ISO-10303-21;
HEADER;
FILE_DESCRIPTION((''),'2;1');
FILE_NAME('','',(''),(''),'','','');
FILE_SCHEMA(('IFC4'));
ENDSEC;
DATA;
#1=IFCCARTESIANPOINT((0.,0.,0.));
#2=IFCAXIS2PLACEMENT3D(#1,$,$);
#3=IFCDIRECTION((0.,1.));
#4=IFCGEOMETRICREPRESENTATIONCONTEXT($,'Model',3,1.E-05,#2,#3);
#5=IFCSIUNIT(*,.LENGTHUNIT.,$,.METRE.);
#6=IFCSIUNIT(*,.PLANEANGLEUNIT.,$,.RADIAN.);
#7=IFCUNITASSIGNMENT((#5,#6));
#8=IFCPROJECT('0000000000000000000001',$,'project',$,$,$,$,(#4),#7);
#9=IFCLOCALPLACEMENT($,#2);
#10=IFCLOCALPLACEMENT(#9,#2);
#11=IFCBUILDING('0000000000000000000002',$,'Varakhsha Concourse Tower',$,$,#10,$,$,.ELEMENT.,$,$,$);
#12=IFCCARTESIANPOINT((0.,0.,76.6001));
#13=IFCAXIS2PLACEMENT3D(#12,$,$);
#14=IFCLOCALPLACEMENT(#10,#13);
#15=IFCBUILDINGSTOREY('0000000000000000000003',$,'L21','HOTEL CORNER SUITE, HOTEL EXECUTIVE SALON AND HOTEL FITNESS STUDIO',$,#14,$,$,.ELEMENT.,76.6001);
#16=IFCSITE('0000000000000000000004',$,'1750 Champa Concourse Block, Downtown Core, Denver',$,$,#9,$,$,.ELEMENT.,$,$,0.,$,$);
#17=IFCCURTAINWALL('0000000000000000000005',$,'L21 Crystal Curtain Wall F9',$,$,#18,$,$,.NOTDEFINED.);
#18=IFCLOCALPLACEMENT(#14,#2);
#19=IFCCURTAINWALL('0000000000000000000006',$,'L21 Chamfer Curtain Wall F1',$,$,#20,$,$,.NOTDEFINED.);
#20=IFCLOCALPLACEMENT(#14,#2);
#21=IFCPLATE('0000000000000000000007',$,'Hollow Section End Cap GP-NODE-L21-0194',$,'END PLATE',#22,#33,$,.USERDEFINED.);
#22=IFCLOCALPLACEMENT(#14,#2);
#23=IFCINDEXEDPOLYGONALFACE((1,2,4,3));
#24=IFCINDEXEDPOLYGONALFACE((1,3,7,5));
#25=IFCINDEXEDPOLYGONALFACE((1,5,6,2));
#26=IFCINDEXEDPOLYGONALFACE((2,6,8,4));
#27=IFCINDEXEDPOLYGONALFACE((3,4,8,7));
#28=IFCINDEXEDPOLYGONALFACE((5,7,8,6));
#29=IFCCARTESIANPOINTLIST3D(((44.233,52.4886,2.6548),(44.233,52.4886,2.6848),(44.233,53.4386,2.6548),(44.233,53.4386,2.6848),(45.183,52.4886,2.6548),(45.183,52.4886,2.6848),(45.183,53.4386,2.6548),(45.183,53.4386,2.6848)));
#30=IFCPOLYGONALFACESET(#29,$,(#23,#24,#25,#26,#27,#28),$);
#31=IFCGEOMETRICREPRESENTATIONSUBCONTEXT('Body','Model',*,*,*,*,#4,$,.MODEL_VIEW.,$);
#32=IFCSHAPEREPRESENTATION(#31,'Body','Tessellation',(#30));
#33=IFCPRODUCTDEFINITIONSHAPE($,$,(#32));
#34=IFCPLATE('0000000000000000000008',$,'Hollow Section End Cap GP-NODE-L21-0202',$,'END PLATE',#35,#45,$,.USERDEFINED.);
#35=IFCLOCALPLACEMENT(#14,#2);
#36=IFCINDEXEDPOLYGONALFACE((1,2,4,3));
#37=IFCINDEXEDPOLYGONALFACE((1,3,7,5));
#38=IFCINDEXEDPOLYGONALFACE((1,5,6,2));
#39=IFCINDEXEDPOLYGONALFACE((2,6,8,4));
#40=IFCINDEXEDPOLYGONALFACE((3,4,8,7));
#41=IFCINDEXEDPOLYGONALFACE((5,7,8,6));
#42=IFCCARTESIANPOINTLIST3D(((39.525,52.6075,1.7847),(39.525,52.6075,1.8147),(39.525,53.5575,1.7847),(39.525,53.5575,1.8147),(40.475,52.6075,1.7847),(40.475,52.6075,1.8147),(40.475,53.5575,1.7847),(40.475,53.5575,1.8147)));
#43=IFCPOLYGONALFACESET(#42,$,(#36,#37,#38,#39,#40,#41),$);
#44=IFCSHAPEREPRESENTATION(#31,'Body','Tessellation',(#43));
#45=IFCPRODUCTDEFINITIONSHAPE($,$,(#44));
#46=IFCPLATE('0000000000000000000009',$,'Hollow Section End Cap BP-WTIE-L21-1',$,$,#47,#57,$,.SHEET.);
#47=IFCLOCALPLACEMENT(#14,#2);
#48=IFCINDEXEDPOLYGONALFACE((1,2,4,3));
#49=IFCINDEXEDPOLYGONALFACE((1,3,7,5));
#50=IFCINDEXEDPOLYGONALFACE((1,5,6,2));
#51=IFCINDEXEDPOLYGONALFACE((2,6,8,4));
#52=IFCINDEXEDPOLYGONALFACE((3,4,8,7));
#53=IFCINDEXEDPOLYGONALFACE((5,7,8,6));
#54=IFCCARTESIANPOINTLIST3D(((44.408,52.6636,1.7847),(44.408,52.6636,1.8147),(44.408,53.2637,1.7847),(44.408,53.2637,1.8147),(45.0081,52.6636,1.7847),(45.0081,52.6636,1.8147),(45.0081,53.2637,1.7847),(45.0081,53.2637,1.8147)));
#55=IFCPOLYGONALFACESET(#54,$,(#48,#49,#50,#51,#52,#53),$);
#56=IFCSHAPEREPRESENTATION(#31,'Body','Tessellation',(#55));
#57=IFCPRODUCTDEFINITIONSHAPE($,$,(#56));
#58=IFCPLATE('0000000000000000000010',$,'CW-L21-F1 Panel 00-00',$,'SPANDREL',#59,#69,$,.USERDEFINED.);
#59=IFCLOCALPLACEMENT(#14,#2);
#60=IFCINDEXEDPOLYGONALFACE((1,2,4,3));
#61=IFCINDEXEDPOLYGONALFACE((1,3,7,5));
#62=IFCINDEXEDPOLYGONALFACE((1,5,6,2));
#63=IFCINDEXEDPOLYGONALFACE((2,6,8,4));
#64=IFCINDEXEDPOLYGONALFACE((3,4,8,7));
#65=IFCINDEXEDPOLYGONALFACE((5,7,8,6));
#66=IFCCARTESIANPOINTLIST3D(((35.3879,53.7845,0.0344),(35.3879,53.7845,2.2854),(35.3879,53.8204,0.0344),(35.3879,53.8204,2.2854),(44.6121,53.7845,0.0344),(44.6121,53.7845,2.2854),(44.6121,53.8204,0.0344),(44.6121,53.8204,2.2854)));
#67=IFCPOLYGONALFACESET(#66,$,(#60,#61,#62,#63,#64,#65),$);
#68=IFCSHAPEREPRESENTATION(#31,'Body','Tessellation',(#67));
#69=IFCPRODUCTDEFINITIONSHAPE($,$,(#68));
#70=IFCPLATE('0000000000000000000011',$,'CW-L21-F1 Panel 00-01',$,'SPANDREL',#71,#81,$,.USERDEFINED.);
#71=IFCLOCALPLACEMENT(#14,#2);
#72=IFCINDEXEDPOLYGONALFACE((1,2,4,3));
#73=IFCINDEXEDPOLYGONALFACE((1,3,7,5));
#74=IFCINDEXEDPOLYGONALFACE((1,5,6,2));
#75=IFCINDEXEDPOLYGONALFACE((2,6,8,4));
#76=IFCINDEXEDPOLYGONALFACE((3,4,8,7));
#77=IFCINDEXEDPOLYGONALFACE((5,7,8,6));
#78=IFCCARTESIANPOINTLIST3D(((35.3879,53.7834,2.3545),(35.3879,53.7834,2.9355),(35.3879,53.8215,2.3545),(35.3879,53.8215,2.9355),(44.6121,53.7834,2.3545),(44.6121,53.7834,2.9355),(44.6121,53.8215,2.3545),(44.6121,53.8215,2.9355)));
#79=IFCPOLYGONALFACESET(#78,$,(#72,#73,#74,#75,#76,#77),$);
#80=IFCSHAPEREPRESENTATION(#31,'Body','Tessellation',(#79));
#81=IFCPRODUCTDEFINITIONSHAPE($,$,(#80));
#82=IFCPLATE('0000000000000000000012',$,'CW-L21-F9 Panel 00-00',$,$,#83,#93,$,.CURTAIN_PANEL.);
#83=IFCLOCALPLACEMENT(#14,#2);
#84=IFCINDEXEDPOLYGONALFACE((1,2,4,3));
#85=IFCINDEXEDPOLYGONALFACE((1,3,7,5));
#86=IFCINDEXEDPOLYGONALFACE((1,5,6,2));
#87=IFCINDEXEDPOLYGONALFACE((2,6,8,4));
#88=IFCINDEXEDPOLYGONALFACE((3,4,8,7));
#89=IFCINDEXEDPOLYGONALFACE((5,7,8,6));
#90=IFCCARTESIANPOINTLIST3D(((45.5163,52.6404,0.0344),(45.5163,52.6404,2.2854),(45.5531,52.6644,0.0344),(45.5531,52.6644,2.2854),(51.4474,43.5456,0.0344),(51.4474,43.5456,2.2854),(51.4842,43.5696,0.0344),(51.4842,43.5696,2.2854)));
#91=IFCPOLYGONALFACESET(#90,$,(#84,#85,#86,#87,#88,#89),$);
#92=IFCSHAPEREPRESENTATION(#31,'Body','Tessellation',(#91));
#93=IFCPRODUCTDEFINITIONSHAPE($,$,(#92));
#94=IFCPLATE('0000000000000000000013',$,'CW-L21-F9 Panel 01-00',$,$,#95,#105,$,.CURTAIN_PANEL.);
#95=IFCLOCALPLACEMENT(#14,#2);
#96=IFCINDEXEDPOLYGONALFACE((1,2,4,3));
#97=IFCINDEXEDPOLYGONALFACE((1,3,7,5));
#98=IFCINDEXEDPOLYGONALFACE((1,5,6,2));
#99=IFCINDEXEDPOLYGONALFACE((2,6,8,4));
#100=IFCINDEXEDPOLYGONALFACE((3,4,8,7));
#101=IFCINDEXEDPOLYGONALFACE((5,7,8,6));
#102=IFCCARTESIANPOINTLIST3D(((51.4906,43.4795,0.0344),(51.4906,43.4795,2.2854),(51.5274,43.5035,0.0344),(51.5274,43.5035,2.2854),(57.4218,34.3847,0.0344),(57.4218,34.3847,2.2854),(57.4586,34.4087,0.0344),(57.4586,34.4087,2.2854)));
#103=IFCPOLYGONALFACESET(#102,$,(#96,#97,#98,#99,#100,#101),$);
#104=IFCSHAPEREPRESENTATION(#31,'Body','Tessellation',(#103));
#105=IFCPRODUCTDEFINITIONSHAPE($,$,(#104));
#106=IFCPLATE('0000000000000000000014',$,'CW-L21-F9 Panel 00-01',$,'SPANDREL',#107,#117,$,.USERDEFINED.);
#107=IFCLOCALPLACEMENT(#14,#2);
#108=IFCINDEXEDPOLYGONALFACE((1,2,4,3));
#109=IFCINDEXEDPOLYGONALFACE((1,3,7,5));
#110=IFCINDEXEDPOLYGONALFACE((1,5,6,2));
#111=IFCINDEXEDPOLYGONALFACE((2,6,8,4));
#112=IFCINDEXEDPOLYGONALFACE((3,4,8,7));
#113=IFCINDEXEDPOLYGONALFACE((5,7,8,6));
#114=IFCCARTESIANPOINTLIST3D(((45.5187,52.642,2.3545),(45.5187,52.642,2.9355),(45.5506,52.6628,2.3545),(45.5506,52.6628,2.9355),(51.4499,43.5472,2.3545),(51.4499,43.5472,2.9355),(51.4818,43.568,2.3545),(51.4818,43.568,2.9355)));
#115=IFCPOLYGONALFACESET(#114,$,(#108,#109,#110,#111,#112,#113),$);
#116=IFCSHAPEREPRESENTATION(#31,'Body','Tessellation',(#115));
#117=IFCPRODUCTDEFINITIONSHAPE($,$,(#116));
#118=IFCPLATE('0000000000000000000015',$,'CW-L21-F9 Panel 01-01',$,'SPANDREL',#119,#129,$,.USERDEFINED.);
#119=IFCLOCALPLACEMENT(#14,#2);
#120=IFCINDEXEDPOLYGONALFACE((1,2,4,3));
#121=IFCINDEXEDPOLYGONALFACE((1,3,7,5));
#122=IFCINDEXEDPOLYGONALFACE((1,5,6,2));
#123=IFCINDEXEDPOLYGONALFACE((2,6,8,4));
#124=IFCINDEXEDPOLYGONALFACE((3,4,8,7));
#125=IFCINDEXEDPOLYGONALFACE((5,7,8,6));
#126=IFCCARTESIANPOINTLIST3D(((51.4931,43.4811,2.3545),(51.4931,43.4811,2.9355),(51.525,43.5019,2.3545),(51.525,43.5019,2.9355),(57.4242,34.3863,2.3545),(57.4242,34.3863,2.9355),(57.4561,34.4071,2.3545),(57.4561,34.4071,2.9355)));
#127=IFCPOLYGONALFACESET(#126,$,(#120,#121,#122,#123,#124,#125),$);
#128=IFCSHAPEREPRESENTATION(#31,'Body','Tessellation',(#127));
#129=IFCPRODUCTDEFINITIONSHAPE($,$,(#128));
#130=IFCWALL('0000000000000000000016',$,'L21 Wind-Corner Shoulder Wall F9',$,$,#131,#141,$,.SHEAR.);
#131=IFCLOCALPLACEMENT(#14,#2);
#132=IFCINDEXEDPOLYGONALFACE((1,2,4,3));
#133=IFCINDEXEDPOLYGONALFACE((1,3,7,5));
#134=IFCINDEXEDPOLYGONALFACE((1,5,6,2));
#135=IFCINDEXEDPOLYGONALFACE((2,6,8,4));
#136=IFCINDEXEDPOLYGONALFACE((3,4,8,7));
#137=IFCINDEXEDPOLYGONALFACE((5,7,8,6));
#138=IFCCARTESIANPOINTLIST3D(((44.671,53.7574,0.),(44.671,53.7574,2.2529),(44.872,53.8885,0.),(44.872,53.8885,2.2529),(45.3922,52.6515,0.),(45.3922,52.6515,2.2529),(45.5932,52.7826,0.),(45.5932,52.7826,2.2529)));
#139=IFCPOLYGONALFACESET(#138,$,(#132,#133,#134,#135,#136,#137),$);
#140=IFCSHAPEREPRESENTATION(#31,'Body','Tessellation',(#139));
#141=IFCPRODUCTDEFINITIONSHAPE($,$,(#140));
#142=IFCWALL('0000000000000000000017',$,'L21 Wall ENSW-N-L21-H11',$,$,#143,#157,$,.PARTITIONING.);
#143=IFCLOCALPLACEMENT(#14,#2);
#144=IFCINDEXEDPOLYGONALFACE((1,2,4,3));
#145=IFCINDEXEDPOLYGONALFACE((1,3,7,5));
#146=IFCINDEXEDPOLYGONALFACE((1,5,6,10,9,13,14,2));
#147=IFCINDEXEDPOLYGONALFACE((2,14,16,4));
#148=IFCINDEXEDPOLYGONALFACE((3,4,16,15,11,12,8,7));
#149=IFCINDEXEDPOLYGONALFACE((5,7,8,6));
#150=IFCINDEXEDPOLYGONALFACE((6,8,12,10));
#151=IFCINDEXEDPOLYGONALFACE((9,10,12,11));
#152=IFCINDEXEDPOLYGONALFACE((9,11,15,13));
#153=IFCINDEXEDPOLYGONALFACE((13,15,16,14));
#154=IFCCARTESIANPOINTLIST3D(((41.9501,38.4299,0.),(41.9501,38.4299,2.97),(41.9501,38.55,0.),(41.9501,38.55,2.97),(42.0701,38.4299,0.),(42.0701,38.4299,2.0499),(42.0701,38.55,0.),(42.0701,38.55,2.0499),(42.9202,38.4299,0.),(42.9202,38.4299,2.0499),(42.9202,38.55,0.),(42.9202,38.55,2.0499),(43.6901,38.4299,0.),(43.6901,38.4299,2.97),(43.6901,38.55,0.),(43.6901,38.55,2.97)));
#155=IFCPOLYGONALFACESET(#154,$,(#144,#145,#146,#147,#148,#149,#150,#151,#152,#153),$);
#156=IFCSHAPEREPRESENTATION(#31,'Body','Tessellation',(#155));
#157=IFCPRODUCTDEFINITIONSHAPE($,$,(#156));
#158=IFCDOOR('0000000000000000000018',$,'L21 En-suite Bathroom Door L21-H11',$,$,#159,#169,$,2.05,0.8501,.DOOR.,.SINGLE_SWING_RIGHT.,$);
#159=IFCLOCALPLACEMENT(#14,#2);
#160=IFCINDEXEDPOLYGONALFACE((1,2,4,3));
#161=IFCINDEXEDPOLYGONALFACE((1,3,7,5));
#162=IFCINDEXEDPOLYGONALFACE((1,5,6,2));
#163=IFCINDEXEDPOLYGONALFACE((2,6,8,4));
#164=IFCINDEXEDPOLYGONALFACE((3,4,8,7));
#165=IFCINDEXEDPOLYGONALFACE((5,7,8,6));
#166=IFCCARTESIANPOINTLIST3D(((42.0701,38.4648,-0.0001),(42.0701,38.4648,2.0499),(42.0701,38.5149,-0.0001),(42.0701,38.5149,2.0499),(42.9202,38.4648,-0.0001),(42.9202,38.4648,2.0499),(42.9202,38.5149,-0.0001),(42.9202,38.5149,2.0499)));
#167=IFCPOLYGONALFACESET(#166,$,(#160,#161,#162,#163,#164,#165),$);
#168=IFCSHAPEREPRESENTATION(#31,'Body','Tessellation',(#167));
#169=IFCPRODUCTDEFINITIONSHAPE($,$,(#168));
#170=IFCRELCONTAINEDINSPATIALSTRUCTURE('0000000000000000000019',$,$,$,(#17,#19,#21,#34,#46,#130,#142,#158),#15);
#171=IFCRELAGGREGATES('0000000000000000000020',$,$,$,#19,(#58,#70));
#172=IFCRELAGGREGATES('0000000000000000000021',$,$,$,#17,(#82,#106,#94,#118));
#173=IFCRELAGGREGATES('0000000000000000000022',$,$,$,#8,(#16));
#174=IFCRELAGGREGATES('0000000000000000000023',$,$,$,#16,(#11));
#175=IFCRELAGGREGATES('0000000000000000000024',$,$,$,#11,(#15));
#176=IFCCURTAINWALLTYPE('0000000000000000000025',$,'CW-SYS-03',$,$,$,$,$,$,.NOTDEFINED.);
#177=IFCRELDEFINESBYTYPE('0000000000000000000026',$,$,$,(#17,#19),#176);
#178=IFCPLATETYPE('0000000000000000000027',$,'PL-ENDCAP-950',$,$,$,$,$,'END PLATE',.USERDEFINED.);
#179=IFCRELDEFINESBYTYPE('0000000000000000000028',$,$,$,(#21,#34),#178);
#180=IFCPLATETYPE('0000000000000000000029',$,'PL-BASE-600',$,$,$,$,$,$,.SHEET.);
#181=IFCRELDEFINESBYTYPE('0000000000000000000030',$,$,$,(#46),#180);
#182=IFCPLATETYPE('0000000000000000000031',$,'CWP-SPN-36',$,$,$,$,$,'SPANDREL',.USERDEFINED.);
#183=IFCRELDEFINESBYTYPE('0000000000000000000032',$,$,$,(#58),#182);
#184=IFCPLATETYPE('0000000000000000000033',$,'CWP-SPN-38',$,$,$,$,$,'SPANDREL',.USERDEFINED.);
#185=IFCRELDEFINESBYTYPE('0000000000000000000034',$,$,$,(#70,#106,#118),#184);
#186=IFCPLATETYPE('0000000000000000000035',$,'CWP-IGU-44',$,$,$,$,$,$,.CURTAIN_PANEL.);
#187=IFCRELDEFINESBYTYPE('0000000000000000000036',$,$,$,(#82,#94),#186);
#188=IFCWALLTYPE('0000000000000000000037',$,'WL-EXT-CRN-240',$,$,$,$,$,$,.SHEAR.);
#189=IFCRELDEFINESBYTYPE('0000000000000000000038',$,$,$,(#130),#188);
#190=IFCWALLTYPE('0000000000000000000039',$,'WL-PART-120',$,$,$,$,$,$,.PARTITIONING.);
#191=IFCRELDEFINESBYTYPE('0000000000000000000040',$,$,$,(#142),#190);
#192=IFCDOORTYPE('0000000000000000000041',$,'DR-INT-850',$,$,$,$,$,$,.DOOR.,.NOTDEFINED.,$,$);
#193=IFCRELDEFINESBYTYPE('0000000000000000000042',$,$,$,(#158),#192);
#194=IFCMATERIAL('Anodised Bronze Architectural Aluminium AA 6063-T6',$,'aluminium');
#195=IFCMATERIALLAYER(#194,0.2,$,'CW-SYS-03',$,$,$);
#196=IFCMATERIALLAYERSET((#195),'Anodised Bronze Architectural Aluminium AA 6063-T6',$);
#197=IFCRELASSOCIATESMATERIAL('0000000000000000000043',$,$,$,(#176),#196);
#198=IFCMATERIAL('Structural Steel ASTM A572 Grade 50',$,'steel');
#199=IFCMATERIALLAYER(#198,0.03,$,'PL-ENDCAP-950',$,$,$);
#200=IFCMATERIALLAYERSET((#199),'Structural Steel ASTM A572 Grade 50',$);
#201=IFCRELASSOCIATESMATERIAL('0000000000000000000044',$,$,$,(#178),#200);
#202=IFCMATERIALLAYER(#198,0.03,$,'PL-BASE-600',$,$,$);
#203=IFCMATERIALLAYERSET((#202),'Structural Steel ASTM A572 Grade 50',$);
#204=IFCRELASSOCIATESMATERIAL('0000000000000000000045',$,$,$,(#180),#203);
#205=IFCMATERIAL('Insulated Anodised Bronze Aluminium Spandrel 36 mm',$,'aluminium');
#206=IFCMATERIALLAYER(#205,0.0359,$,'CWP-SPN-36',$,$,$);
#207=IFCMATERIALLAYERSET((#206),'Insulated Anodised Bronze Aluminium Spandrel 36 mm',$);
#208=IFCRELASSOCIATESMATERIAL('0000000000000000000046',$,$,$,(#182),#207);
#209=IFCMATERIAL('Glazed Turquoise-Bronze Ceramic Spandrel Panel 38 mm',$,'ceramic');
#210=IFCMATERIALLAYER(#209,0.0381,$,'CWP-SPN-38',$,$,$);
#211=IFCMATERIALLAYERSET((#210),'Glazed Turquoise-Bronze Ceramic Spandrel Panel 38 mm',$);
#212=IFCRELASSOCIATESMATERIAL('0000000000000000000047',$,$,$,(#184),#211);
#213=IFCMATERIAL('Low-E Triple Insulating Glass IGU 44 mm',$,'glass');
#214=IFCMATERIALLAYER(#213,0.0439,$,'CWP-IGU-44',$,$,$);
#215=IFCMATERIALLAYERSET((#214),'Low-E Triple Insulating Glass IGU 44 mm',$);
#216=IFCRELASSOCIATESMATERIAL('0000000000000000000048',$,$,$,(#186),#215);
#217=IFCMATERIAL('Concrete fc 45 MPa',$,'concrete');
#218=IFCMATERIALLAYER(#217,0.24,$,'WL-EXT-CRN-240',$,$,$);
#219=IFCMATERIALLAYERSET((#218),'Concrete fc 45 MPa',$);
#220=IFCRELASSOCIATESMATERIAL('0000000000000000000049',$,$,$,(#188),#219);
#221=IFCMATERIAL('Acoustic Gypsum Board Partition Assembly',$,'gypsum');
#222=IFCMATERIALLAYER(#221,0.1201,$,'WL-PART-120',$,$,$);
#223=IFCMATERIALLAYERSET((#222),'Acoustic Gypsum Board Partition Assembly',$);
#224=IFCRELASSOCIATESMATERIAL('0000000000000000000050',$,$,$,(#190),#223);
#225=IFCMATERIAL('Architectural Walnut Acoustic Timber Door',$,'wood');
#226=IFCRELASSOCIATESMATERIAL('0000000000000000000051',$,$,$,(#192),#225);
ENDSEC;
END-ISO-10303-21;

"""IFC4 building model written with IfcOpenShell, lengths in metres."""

from ifc_helpers import new_model, si_unit, direction, frame, frame_2d, origin, origin_2d, place, context, subcontext, project, spatial, rectangle, extrude, source, transform, mapped, material, layer, layer_set, type_object, type_shapes, element, fill, aggregate, save


model = new_model("IFC4")

# Units and contexts
model_context = context("Model", 3, precision=1e-05, world=origin(), true_north=direction((0.0, 1.0)))
body_context = subcontext(model_context, "Body", "Model", "MODEL_VIEW")
ifc_project = project(units=[si_unit("LENGTHUNIT", "METRE"), si_unit("PLANEANGLEUNIT", "RADIAN")], contexts=[model_context])

# Site, building, storey
site_placement = place(None, origin())
site = spatial("IfcSite", under=ifc_project, at=site_placement, Name="1750 Champa Concourse Block, Downtown Core, Denver", CompositionType="ELEMENT", RefElevation=0.0)
building_placement = place(site_placement, origin())
building = spatial("IfcBuilding", under=site, at=building_placement, Name="Varakhsha Concourse Tower", CompositionType="ELEMENT")
storey_placement = place(building_placement, frame((0.0, 0.0, 76.6001)))
storey = spatial("IfcBuildingStorey", under=building, at=storey_placement, Name="L21", Description="HOTEL CORNER SUITE, HOTEL EXECUTIVE SALON AND HOTEL FITNESS STUDIO", CompositionType="ELEMENT", Elevation=76.6001)

# Shared definitions
ifc_material_1 = material(Name="Structural Steel ASTM A572 Grade 50", Category="steel")

# Curtain walls
ifc_material_2 = material(Name="Anodised Bronze Architectural Aluminium AA 6063-T6", Category="aluminium")
ifc_layer_1 = layer(ifc_material_2, 0.2, Name="CW-SYS-03")
ifc_layer_set_1 = layer_set([ifc_layer_1], Name="Anodised Bronze Architectural Aluminium AA 6063-T6")
curtain_wall_type = type_object("IfcCurtainWallType", Name="CW-SYS-03", PredefinedType="NOTDEFINED", material=ifc_layer_set_1)
curtain_wall_1_placement = place(storey_placement, origin())
curtain_wall_1 = element("IfcCurtainWall", 1, at=curtain_wall_1_placement, inside=storey, type_object=curtain_wall_type, Name="L21 Crystal Curtain Wall F9", PredefinedType="NOTDEFINED")
curtain_wall_2_placement = place(storey_placement, origin())
curtain_wall_2 = element("IfcCurtainWall", 2, at=curtain_wall_2_placement, inside=storey, type_object=curtain_wall_type, Name="L21 Chamfer Curtain Wall F1", PredefinedType="NOTDEFINED")

# Plates
ifc_layer_2 = layer(ifc_material_1, 0.03, Name="PL-ENDCAP-950")
ifc_layer_set_2 = layer_set([ifc_layer_2], Name="Structural Steel ASTM A572 Grade 50")
plate_type_1 = type_object("IfcPlateType", Name="PL-ENDCAP-950", ElementType="END PLATE", PredefinedType="USERDEFINED", material=ifc_layer_set_2)
shared_shape_1 = source(origin(), body_context, "Body", "SweptSolid", [
    extrude(rectangle(XDim=0.95, YDim=0.95, at=origin_2d()), origin(), (0.0, 0.0, 1.0), 0.03),
])
type_shapes(plate_type_1, [shared_shape_1])
for number, where, z_axis, x_axis, name in (
    (3, (44.708, 52.9636, 2.6548), (0.0, 0.0, 1.0), (1.0, 0.0, 0.0), "Hollow Section End Cap GP-NODE-L21-0194"),
    (4, (40.0, 53.0825, 1.7847), (0.0, 0.0, 1.0), (1.0, 0.0, 0.0), "Hollow Section End Cap GP-NODE-L21-0202"),
):
    element("IfcPlate", number, at=place(storey_placement, frame(where, z_axis=z_axis, x_axis=x_axis)), inside=storey, type_object=plate_type_1, Name=name, ObjectType="END PLATE", PredefinedType="USERDEFINED", context=body_context, shape_type="MappedRepresentation", body=[
        mapped(shared_shape_1, transform((0.0, 0.0, 0.0), scale=1.0)),
    ])
ifc_layer_3 = layer(ifc_material_1, 0.03, Name="PL-BASE-600")
ifc_layer_set_3 = layer_set([ifc_layer_3], Name="Structural Steel ASTM A572 Grade 50")
plate_type_2 = type_object("IfcPlateType", Name="PL-BASE-600", PredefinedType="SHEET", material=ifc_layer_set_3)
shared_shape_2 = source(origin(), body_context, "Body", "SweptSolid", [
    extrude(rectangle(XDim=0.6001, YDim=0.6001, at=origin_2d()), origin(), (0.0, 0.0, 1.0), 0.03),
])
type_shapes(plate_type_2, [shared_shape_2])
plate_1_placement = place(storey_placement, frame((44.708, 52.9636, 1.7847), z_axis=(0.0, 0.0, 1.0), x_axis=(1.0, 0.0, 0.0)))
element("IfcPlate", 5, at=plate_1_placement, inside=storey, type_object=plate_type_2, Name="Hollow Section End Cap BP-WTIE-L21-1", PredefinedType="SHEET", context=body_context, shape_type="MappedRepresentation", body=[
    mapped(shared_shape_2, transform((0.0, 0.0, 0.0), scale=1.0)),
])

# Plates
ifc_material_3 = material(Name="Insulated Anodised Bronze Aluminium Spandrel 36 mm", Category="aluminium")
ifc_layer_4 = layer(ifc_material_3, 0.0359, Name="CWP-SPN-36")
ifc_layer_set_4 = layer_set([ifc_layer_4], Name="Insulated Anodised Bronze Aluminium Spandrel 36 mm")
plate_type_3 = type_object("IfcPlateType", Name="CWP-SPN-36", ElementType="SPANDREL", PredefinedType="USERDEFINED", material=ifc_layer_set_4)
shared_shape_3 = source(origin(), body_context, "Body", "SweptSolid", [
    extrude(rectangle(XDim=9.2241, YDim=0.0359, at=origin_2d()), origin(), (0.0, 0.0, 1.0), 2.251),
])
type_shapes(plate_type_3, [shared_shape_3])
plate_2_placement = place(storey_placement, frame((40.0, 53.8025, 0.0344), z_axis=(0.0, 0.0, 1.0), x_axis=(1.0, 0.0, 0.0)))
plate_2 = element("IfcPlate", 6, at=plate_2_placement, type_object=plate_type_3, Name="CW-L21-F1 Panel 00-00", ObjectType="SPANDREL", PredefinedType="USERDEFINED", context=body_context, shape_type="MappedRepresentation", body=[
    mapped(shared_shape_3, transform((0.0, 0.0, 0.0), scale=1.0)),
])
ifc_material_4 = material(Name="Glazed Turquoise-Bronze Ceramic Spandrel Panel 38 mm", Category="ceramic")
ifc_layer_5 = layer(ifc_material_4, 0.0381, Name="CWP-SPN-38")
ifc_layer_set_5 = layer_set([ifc_layer_5], Name="Glazed Turquoise-Bronze Ceramic Spandrel Panel 38 mm")
plate_type_4 = type_object("IfcPlateType", Name="CWP-SPN-38", ElementType="SPANDREL", PredefinedType="USERDEFINED", material=ifc_layer_set_5)
shared_shape_4 = source(origin(), body_context, "Body", "SweptSolid", [
    extrude(rectangle(XDim=9.2241, YDim=0.0381, at=origin_2d()), origin(), (0.0, 0.0, 1.0), 0.5811),
])
plate_3_placement = place(storey_placement, frame((40.0, 53.8025, 2.3545), z_axis=(0.0, 0.0, 1.0), x_axis=(1.0, 0.0, 0.0)))
plate_3 = element("IfcPlate", 7, at=plate_3_placement, type_object=plate_type_4, Name="CW-L21-F1 Panel 00-01", ObjectType="SPANDREL", PredefinedType="USERDEFINED", context=body_context, shape_type="MappedRepresentation", body=[
    mapped(shared_shape_4, transform((0.0, 0.0, 0.0), scale=1.0)),
])
aggregate(curtain_wall_2, [plate_2, plate_3])
ifc_material_5 = material(Name="Low-E Triple Insulating Glass IGU 44 mm", Category="glass")
ifc_layer_6 = layer(ifc_material_5, 0.0439, Name="CWP-IGU-44")
ifc_layer_set_6 = layer_set([ifc_layer_6], Name="Low-E Triple Insulating Glass IGU 44 mm")
plate_type_5 = type_object("IfcPlateType", Name="CWP-IGU-44", PredefinedType="CURTAIN_PANEL", material=ifc_layer_set_6)
shared_shape_5 = source(origin(), body_context, "Body", "SweptSolid", [
    extrude(rectangle(XDim=10.8579, YDim=0.0439, at=origin_2d()), origin(), (0.0, 0.0, 1.0), 2.251),
])
type_shapes(plate_type_5, [shared_shape_5])
plate_4_placement = place(storey_placement, frame((48.5002, 48.105, 0.0344), z_axis=(0.0, 0.0, 1.0), x_axis=(0.54625, -0.837622, 0.0)))
plate_4 = element("IfcPlate", 8, at=plate_4_placement, type_object=plate_type_5, Name="CW-L21-F9 Panel 00-00", PredefinedType="CURTAIN_PANEL", context=body_context, shape_type="MappedRepresentation", body=[
    mapped(shared_shape_5, transform((0.0, 0.0, 0.0), scale=1.0)),
])
plate_5_placement = place(storey_placement, frame((54.4746, 38.9441, 0.0344), z_axis=(0.0, 0.0, 1.0), x_axis=(0.54625, -0.837622, 0.0)))
plate_5 = element("IfcPlate", 9, at=plate_5_placement, type_object=plate_type_5, Name="CW-L21-F9 Panel 01-00", PredefinedType="CURTAIN_PANEL", context=body_context, shape_type="MappedRepresentation", body=[
    mapped(shared_shape_5, transform((0.0, 0.0, 0.0), scale=1.0)),
])
shared_shape_6 = source(origin(), body_context, "Body", "SweptSolid", [
    extrude(rectangle(XDim=10.8579, YDim=0.0381, at=origin_2d()), origin(), (0.0, 0.0, 1.0), 0.5811),
])
type_shapes(plate_type_4, [shared_shape_4, shared_shape_6])
plate_6_placement = place(storey_placement, frame((48.5002, 48.105, 2.3545), z_axis=(0.0, 0.0, 1.0), x_axis=(0.54625, -0.837622, 0.0)))
plate_6 = element("IfcPlate", 10, at=plate_6_placement, type_object=plate_type_4, Name="CW-L21-F9 Panel 00-01", ObjectType="SPANDREL", PredefinedType="USERDEFINED", context=body_context, shape_type="MappedRepresentation", body=[
    mapped(shared_shape_6, transform((0.0, 0.0, 0.0), scale=1.0)),
])
plate_7_placement = place(storey_placement, frame((54.4746, 38.9441, 2.3545), z_axis=(0.0, 0.0, 1.0), x_axis=(0.54625, -0.837622, 0.0)))
plate_7 = element("IfcPlate", 11, at=plate_7_placement, type_object=plate_type_4, Name="CW-L21-F9 Panel 01-01", ObjectType="SPANDREL", PredefinedType="USERDEFINED", context=body_context, shape_type="MappedRepresentation", body=[
    mapped(shared_shape_6, transform((0.0, 0.0, 0.0), scale=1.0)),
])
aggregate(curtain_wall_1, [plate_4, plate_6, plate_5, plate_7])

# Wall
ifc_material_6 = material(Name="Concrete fc 45 MPa", Category="concrete")
ifc_layer_7 = layer(ifc_material_6, 0.24, Name="WL-EXT-CRN-240")
ifc_layer_set_7 = layer_set([ifc_layer_7], Name="Concrete fc 45 MPa")
wall_type_1 = type_object("IfcWallType", Name="WL-EXT-CRN-240", PredefinedType="SHEAR", material=ifc_layer_set_7)
wall_1_placement = place(storey_placement, frame((45.4927, 52.717, 0.0), z_axis=(0.0, 0.0, 1.0), x_axis=(-0.546223, 0.83764, 0.0)))
element("IfcWall", 12, at=wall_1_placement, inside=storey, type_object=wall_type_1, Name="L21 Wind-Corner Shoulder Wall F9", PredefinedType="SHEAR", context=body_context, shape_type="SweptSolid", body=[
    extrude(rectangle(XDim=1.3203, YDim=0.24, at=frame_2d((0.6602, 0.0))), origin(), (0.0, 0.0, 1.0), 2.2529),
])

# Wall, opening, door
ifc_material_7 = material(Name="Acoustic Gypsum Board Partition Assembly", Category="gypsum")
ifc_layer_8 = layer(ifc_material_7, 0.1201, Name="WL-PART-120")
ifc_layer_set_8 = layer_set([ifc_layer_8], Name="Acoustic Gypsum Board Partition Assembly")
wall_type_2 = type_object("IfcWallType", Name="WL-PART-120", PredefinedType="PARTITIONING", material=ifc_layer_set_8)
wall_2_placement = place(storey_placement, frame((41.95, 38.49, 0.0), z_axis=(0.0, 0.0, 1.0), x_axis=(1.0, 0.0, 0.0)))
wall_2 = element("IfcWall", 13, at=wall_2_placement, inside=storey, type_object=wall_type_2, Name="L21 Wall ENSW-N-L21-H11", PredefinedType="PARTITIONING", context=body_context, shape_type="SweptSolid", body=[
    extrude(rectangle(XDim=1.74, YDim=0.1201, at=frame_2d((0.8701, 0.0))), origin(), (0.0, 0.0, 1.0), 2.97),
])
opening_placement = place(wall_2_placement, frame((0.1201, 0.0, 0.0)))
opening = element("IfcOpeningElement", 14, at=opening_placement, cuts=wall_2, PredefinedType="OPENING", context=body_context, shape_type="SweptSolid", body=[
    extrude(rectangle(XDim=0.8501, YDim=2.05, at=frame_2d((0.425, 1.0249))), frame((0.0, 0.0701, 0.0), z_axis=(0.0, -1.0, 0.0), x_axis=(1.0, 0.0, 0.0)), (0.0, 0.0, 1.0), 0.1401),
])
ifc_material_8 = material(Name="Architectural Walnut Acoustic Timber Door", Category="wood")
door_type = type_object("IfcDoorType", Name="DR-INT-850", OperationType="NOTDEFINED", PredefinedType="DOOR", material=ifc_material_8)
door_placement = place(opening_placement, origin())
door = element("IfcDoor", 15, at=door_placement, inside=storey, type_object=door_type, Name="L21 En-suite Bathroom Door L21-H11", OperationType="SINGLE_SWING_RIGHT", OverallHeight=2.05, OverallWidth=0.8501, PredefinedType="DOOR", context=body_context, shape_type="SweptSolid", body=[
    extrude(rectangle(XDim=0.8501, YDim=2.05, at=frame_2d((0.425, 1.0249))), frame((0.0, 0.0249, 0.0), z_axis=(0.0, -1.0, 0.0), x_axis=(1.0, 0.0, 0.0)), (0.0, 0.0, 1.0), 0.05),
])
fill(opening, door)

save(model, "model.ifc")
